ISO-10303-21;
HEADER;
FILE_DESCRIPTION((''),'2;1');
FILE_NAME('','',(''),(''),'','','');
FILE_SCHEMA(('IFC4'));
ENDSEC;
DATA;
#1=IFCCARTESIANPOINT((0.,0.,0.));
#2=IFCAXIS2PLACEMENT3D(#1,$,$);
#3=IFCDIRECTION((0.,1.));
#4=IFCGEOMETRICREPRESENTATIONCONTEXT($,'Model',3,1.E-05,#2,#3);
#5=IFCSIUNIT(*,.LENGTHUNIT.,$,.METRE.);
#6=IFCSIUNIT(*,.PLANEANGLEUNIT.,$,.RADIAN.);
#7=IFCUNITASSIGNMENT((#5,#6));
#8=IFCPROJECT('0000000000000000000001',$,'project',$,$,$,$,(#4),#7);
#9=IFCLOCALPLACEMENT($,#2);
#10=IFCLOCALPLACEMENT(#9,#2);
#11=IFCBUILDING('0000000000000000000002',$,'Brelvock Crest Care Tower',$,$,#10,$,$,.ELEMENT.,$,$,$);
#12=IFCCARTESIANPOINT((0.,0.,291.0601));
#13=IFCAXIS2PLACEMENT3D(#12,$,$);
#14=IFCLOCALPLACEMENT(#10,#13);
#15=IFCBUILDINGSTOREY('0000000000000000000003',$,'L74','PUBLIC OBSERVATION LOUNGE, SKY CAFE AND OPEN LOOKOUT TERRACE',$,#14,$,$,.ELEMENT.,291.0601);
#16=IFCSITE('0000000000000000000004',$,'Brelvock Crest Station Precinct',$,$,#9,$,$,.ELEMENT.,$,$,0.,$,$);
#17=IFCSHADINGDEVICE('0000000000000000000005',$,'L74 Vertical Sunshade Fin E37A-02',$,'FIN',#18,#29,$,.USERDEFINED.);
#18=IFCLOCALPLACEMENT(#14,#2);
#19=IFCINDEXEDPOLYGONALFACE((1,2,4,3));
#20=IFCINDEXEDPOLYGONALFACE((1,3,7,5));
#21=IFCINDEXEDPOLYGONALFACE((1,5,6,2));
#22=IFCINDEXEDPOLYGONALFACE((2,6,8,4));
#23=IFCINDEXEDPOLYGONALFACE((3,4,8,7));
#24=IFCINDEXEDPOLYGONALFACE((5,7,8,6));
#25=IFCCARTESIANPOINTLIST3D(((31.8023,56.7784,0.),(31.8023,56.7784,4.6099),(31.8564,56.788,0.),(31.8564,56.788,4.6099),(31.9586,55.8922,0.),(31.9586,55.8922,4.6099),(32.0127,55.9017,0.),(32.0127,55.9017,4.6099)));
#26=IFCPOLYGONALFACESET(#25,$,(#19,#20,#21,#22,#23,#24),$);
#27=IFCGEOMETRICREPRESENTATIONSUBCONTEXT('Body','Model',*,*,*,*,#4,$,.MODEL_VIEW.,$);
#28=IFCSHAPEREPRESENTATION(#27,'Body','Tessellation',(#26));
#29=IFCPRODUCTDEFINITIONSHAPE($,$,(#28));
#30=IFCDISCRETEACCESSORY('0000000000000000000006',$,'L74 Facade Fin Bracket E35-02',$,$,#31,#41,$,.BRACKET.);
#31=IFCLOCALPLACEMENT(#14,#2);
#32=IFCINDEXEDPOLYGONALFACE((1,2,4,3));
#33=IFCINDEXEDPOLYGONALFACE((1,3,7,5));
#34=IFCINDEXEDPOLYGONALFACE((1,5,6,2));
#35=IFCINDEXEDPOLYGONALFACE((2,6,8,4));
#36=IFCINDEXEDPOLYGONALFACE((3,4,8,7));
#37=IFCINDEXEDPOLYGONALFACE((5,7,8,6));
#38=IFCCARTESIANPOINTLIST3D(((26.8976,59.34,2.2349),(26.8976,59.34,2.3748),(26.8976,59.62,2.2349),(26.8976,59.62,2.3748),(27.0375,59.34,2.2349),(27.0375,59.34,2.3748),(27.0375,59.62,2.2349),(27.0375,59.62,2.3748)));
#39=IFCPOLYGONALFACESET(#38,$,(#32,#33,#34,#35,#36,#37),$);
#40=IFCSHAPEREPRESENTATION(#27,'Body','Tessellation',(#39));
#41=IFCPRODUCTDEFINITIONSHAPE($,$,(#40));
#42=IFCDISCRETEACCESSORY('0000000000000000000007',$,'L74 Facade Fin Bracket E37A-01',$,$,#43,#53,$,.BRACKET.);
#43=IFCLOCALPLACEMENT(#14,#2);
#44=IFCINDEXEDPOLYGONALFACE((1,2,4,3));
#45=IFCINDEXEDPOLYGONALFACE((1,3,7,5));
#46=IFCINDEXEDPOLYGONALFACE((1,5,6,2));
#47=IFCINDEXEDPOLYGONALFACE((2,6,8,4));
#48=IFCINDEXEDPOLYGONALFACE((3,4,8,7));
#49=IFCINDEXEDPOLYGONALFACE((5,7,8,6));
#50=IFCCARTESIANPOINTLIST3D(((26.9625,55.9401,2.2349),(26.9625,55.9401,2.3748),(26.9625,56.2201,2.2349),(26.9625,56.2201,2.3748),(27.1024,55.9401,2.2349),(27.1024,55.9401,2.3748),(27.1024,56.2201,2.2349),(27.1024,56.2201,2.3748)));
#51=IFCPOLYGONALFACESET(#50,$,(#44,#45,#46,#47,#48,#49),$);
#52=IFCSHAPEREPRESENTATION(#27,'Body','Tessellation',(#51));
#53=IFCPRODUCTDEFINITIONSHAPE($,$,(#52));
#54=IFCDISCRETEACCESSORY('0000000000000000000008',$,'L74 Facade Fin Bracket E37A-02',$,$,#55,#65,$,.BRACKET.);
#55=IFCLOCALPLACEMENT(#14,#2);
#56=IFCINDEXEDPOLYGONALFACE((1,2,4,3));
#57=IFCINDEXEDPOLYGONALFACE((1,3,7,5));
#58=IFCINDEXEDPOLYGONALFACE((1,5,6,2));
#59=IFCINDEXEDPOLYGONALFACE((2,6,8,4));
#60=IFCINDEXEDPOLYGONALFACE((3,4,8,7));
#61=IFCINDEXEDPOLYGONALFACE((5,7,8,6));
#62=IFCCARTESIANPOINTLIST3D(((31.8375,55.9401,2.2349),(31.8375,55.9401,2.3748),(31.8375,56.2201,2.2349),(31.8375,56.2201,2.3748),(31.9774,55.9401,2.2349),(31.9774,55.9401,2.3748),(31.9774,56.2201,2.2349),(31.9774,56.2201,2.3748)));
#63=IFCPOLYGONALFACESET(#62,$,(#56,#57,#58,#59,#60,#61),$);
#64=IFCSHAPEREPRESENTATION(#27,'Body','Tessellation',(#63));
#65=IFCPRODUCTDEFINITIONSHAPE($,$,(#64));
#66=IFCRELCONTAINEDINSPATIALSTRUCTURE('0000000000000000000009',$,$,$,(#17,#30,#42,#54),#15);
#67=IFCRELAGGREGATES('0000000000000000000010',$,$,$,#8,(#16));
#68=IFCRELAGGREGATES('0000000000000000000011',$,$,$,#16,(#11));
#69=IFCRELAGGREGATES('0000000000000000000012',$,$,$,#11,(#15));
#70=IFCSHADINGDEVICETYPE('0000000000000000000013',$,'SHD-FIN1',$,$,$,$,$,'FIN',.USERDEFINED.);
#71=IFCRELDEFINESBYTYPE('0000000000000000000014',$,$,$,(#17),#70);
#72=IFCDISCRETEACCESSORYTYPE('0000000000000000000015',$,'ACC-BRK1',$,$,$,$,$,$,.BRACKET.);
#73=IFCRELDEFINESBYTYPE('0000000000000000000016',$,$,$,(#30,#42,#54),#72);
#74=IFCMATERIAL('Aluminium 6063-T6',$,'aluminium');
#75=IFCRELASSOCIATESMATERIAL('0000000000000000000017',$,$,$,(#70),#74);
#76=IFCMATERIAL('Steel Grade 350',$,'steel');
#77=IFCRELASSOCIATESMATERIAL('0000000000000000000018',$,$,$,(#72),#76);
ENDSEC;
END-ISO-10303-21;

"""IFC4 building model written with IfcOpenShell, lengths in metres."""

from ifc_helpers import new_model, si_unit, direction, frame, origin, origin_2d, place, context, subcontext, project, spatial, rectangle, extrude, source, transform, mapped, material, material_profile, profile_set, type_object, element, save


model = new_model("IFC4")

# Units and contexts
model_context = context("Model", 3, precision=1e-05, world=origin(), true_north=direction((0.0, 1.0)))
body_context = subcontext(model_context, "Body", "Model", "MODEL_VIEW")
ifc_project = project(units=[si_unit("LENGTHUNIT", "METRE"), si_unit("PLANEANGLEUNIT", "RADIAN")], contexts=[model_context])

# Site, building, storey
site_placement = place(None, origin())
site = spatial("IfcSite", under=ifc_project, at=site_placement, Name="Brelvock Crest Station Precinct", CompositionType="ELEMENT", RefElevation=0.0)
building_placement = place(site_placement, origin())
building = spatial("IfcBuilding", under=site, at=building_placement, Name="Brelvock Crest Care Tower", CompositionType="ELEMENT")
storey_placement = place(building_placement, frame((0.0, 0.0, 291.0601)))
storey = spatial("IfcBuildingStorey", under=building, at=storey_placement, Name="L74", Description="PUBLIC OBSERVATION LOUNGE, SKY CAFE AND OPEN LOOKOUT TERRACE", CompositionType="ELEMENT", Elevation=291.0601)

# Shared definitions
ifc_material_1 = material(Name="Steel Grade 350", Category="steel")

# Shared definitions
ifc_material_2 = material(Name="Aluminium 6063-T6", Category="aluminium")

# Shading device
ifc_material_profile_1 = material_profile(ifc_material_2, rectangle(XDim=0.0549, YDim=0.8999, at=origin_2d()), Name="FIN55x900")
ifc_profile_set_1 = profile_set([ifc_material_profile_1], Name="Aluminium 6063-T6")
shading_device_type = type_object("IfcShadingDeviceType", Name="SHD-FIN1", ElementType="FIN", PredefinedType="USERDEFINED", material=ifc_profile_set_1)
shared_shape_1 = source(origin(), body_context, "Body", "SweptSolid", [
    extrude(rectangle(XDim=0.0549, YDim=0.8999, at=origin_2d()), origin(), (0.0, 0.0, 1.0), 4.6099),
])
for number, where, z_axis, x_axis, name in (
    (1, (31.9075, 56.3401, 0.0), (0.0, 0.0, 1.0), (0.984808, 0.173648, 0.0), "L74 Vertical Sunshade Fin E37A-02"),
):
    element("IfcShadingDevice", number, at=place(storey_placement, frame(where, z_axis=z_axis, x_axis=x_axis)), inside=storey, type_object=shading_device_type, Name=name, ObjectType="FIN", PredefinedType="USERDEFINED", context=body_context, shape_type="MappedRepresentation", body=[
        mapped(shared_shape_1, transform((0.0, 0.0, 0.0), x_axis=(1.0, 0.0, 0.0), y_axis=(0.0, 1.0, 0.0), z_axis=(0.0, 0.0, 1.0), scale=1.0)),
    ])

# Discrete accessories
discrete_accessory_type = type_object("IfcDiscreteAccessoryType", Name="ACC-BRK1", PredefinedType="BRACKET", material=ifc_material_1)
shared_shape_2 = source(origin(), body_context, "Body", "SweptSolid", [
    extrude(rectangle(XDim=0.28, YDim=0.1399, at=origin_2d()), origin(), (0.0, 0.0, 1.0), 0.1399),
])
for number, where, z_axis, x_axis, name in (
    (2, (26.9675, 59.48, 2.2349), (0.0, 0.0, 1.0), (0.0, 1.0, 0.0), "L74 Facade Fin Bracket E35-02"),
    (3, (27.0325, 56.0801, 2.2349), (0.0, 0.0, 1.0), (0.0, 1.0, 0.0), "L74 Facade Fin Bracket E37A-01"),
    (4, (31.9075, 56.0801, 2.2349), (0.0, 0.0, 1.0), (0.0, 1.0, 0.0), "L74 Facade Fin Bracket E37A-02"),
):
    element("IfcDiscreteAccessory", number, at=place(storey_placement, frame(where, z_axis=z_axis, x_axis=x_axis)), inside=storey, type_object=discrete_accessory_type, Name=name, PredefinedType="BRACKET", context=body_context, shape_type="MappedRepresentation", body=[
        mapped(shared_shape_2, transform((0.0, 0.0, 0.0), x_axis=(1.0, 0.0, 0.0), y_axis=(0.0, 1.0, 0.0), z_axis=(0.0, 0.0, 1.0), scale=1.0)),
    ])

save(model, "model.ifc")
